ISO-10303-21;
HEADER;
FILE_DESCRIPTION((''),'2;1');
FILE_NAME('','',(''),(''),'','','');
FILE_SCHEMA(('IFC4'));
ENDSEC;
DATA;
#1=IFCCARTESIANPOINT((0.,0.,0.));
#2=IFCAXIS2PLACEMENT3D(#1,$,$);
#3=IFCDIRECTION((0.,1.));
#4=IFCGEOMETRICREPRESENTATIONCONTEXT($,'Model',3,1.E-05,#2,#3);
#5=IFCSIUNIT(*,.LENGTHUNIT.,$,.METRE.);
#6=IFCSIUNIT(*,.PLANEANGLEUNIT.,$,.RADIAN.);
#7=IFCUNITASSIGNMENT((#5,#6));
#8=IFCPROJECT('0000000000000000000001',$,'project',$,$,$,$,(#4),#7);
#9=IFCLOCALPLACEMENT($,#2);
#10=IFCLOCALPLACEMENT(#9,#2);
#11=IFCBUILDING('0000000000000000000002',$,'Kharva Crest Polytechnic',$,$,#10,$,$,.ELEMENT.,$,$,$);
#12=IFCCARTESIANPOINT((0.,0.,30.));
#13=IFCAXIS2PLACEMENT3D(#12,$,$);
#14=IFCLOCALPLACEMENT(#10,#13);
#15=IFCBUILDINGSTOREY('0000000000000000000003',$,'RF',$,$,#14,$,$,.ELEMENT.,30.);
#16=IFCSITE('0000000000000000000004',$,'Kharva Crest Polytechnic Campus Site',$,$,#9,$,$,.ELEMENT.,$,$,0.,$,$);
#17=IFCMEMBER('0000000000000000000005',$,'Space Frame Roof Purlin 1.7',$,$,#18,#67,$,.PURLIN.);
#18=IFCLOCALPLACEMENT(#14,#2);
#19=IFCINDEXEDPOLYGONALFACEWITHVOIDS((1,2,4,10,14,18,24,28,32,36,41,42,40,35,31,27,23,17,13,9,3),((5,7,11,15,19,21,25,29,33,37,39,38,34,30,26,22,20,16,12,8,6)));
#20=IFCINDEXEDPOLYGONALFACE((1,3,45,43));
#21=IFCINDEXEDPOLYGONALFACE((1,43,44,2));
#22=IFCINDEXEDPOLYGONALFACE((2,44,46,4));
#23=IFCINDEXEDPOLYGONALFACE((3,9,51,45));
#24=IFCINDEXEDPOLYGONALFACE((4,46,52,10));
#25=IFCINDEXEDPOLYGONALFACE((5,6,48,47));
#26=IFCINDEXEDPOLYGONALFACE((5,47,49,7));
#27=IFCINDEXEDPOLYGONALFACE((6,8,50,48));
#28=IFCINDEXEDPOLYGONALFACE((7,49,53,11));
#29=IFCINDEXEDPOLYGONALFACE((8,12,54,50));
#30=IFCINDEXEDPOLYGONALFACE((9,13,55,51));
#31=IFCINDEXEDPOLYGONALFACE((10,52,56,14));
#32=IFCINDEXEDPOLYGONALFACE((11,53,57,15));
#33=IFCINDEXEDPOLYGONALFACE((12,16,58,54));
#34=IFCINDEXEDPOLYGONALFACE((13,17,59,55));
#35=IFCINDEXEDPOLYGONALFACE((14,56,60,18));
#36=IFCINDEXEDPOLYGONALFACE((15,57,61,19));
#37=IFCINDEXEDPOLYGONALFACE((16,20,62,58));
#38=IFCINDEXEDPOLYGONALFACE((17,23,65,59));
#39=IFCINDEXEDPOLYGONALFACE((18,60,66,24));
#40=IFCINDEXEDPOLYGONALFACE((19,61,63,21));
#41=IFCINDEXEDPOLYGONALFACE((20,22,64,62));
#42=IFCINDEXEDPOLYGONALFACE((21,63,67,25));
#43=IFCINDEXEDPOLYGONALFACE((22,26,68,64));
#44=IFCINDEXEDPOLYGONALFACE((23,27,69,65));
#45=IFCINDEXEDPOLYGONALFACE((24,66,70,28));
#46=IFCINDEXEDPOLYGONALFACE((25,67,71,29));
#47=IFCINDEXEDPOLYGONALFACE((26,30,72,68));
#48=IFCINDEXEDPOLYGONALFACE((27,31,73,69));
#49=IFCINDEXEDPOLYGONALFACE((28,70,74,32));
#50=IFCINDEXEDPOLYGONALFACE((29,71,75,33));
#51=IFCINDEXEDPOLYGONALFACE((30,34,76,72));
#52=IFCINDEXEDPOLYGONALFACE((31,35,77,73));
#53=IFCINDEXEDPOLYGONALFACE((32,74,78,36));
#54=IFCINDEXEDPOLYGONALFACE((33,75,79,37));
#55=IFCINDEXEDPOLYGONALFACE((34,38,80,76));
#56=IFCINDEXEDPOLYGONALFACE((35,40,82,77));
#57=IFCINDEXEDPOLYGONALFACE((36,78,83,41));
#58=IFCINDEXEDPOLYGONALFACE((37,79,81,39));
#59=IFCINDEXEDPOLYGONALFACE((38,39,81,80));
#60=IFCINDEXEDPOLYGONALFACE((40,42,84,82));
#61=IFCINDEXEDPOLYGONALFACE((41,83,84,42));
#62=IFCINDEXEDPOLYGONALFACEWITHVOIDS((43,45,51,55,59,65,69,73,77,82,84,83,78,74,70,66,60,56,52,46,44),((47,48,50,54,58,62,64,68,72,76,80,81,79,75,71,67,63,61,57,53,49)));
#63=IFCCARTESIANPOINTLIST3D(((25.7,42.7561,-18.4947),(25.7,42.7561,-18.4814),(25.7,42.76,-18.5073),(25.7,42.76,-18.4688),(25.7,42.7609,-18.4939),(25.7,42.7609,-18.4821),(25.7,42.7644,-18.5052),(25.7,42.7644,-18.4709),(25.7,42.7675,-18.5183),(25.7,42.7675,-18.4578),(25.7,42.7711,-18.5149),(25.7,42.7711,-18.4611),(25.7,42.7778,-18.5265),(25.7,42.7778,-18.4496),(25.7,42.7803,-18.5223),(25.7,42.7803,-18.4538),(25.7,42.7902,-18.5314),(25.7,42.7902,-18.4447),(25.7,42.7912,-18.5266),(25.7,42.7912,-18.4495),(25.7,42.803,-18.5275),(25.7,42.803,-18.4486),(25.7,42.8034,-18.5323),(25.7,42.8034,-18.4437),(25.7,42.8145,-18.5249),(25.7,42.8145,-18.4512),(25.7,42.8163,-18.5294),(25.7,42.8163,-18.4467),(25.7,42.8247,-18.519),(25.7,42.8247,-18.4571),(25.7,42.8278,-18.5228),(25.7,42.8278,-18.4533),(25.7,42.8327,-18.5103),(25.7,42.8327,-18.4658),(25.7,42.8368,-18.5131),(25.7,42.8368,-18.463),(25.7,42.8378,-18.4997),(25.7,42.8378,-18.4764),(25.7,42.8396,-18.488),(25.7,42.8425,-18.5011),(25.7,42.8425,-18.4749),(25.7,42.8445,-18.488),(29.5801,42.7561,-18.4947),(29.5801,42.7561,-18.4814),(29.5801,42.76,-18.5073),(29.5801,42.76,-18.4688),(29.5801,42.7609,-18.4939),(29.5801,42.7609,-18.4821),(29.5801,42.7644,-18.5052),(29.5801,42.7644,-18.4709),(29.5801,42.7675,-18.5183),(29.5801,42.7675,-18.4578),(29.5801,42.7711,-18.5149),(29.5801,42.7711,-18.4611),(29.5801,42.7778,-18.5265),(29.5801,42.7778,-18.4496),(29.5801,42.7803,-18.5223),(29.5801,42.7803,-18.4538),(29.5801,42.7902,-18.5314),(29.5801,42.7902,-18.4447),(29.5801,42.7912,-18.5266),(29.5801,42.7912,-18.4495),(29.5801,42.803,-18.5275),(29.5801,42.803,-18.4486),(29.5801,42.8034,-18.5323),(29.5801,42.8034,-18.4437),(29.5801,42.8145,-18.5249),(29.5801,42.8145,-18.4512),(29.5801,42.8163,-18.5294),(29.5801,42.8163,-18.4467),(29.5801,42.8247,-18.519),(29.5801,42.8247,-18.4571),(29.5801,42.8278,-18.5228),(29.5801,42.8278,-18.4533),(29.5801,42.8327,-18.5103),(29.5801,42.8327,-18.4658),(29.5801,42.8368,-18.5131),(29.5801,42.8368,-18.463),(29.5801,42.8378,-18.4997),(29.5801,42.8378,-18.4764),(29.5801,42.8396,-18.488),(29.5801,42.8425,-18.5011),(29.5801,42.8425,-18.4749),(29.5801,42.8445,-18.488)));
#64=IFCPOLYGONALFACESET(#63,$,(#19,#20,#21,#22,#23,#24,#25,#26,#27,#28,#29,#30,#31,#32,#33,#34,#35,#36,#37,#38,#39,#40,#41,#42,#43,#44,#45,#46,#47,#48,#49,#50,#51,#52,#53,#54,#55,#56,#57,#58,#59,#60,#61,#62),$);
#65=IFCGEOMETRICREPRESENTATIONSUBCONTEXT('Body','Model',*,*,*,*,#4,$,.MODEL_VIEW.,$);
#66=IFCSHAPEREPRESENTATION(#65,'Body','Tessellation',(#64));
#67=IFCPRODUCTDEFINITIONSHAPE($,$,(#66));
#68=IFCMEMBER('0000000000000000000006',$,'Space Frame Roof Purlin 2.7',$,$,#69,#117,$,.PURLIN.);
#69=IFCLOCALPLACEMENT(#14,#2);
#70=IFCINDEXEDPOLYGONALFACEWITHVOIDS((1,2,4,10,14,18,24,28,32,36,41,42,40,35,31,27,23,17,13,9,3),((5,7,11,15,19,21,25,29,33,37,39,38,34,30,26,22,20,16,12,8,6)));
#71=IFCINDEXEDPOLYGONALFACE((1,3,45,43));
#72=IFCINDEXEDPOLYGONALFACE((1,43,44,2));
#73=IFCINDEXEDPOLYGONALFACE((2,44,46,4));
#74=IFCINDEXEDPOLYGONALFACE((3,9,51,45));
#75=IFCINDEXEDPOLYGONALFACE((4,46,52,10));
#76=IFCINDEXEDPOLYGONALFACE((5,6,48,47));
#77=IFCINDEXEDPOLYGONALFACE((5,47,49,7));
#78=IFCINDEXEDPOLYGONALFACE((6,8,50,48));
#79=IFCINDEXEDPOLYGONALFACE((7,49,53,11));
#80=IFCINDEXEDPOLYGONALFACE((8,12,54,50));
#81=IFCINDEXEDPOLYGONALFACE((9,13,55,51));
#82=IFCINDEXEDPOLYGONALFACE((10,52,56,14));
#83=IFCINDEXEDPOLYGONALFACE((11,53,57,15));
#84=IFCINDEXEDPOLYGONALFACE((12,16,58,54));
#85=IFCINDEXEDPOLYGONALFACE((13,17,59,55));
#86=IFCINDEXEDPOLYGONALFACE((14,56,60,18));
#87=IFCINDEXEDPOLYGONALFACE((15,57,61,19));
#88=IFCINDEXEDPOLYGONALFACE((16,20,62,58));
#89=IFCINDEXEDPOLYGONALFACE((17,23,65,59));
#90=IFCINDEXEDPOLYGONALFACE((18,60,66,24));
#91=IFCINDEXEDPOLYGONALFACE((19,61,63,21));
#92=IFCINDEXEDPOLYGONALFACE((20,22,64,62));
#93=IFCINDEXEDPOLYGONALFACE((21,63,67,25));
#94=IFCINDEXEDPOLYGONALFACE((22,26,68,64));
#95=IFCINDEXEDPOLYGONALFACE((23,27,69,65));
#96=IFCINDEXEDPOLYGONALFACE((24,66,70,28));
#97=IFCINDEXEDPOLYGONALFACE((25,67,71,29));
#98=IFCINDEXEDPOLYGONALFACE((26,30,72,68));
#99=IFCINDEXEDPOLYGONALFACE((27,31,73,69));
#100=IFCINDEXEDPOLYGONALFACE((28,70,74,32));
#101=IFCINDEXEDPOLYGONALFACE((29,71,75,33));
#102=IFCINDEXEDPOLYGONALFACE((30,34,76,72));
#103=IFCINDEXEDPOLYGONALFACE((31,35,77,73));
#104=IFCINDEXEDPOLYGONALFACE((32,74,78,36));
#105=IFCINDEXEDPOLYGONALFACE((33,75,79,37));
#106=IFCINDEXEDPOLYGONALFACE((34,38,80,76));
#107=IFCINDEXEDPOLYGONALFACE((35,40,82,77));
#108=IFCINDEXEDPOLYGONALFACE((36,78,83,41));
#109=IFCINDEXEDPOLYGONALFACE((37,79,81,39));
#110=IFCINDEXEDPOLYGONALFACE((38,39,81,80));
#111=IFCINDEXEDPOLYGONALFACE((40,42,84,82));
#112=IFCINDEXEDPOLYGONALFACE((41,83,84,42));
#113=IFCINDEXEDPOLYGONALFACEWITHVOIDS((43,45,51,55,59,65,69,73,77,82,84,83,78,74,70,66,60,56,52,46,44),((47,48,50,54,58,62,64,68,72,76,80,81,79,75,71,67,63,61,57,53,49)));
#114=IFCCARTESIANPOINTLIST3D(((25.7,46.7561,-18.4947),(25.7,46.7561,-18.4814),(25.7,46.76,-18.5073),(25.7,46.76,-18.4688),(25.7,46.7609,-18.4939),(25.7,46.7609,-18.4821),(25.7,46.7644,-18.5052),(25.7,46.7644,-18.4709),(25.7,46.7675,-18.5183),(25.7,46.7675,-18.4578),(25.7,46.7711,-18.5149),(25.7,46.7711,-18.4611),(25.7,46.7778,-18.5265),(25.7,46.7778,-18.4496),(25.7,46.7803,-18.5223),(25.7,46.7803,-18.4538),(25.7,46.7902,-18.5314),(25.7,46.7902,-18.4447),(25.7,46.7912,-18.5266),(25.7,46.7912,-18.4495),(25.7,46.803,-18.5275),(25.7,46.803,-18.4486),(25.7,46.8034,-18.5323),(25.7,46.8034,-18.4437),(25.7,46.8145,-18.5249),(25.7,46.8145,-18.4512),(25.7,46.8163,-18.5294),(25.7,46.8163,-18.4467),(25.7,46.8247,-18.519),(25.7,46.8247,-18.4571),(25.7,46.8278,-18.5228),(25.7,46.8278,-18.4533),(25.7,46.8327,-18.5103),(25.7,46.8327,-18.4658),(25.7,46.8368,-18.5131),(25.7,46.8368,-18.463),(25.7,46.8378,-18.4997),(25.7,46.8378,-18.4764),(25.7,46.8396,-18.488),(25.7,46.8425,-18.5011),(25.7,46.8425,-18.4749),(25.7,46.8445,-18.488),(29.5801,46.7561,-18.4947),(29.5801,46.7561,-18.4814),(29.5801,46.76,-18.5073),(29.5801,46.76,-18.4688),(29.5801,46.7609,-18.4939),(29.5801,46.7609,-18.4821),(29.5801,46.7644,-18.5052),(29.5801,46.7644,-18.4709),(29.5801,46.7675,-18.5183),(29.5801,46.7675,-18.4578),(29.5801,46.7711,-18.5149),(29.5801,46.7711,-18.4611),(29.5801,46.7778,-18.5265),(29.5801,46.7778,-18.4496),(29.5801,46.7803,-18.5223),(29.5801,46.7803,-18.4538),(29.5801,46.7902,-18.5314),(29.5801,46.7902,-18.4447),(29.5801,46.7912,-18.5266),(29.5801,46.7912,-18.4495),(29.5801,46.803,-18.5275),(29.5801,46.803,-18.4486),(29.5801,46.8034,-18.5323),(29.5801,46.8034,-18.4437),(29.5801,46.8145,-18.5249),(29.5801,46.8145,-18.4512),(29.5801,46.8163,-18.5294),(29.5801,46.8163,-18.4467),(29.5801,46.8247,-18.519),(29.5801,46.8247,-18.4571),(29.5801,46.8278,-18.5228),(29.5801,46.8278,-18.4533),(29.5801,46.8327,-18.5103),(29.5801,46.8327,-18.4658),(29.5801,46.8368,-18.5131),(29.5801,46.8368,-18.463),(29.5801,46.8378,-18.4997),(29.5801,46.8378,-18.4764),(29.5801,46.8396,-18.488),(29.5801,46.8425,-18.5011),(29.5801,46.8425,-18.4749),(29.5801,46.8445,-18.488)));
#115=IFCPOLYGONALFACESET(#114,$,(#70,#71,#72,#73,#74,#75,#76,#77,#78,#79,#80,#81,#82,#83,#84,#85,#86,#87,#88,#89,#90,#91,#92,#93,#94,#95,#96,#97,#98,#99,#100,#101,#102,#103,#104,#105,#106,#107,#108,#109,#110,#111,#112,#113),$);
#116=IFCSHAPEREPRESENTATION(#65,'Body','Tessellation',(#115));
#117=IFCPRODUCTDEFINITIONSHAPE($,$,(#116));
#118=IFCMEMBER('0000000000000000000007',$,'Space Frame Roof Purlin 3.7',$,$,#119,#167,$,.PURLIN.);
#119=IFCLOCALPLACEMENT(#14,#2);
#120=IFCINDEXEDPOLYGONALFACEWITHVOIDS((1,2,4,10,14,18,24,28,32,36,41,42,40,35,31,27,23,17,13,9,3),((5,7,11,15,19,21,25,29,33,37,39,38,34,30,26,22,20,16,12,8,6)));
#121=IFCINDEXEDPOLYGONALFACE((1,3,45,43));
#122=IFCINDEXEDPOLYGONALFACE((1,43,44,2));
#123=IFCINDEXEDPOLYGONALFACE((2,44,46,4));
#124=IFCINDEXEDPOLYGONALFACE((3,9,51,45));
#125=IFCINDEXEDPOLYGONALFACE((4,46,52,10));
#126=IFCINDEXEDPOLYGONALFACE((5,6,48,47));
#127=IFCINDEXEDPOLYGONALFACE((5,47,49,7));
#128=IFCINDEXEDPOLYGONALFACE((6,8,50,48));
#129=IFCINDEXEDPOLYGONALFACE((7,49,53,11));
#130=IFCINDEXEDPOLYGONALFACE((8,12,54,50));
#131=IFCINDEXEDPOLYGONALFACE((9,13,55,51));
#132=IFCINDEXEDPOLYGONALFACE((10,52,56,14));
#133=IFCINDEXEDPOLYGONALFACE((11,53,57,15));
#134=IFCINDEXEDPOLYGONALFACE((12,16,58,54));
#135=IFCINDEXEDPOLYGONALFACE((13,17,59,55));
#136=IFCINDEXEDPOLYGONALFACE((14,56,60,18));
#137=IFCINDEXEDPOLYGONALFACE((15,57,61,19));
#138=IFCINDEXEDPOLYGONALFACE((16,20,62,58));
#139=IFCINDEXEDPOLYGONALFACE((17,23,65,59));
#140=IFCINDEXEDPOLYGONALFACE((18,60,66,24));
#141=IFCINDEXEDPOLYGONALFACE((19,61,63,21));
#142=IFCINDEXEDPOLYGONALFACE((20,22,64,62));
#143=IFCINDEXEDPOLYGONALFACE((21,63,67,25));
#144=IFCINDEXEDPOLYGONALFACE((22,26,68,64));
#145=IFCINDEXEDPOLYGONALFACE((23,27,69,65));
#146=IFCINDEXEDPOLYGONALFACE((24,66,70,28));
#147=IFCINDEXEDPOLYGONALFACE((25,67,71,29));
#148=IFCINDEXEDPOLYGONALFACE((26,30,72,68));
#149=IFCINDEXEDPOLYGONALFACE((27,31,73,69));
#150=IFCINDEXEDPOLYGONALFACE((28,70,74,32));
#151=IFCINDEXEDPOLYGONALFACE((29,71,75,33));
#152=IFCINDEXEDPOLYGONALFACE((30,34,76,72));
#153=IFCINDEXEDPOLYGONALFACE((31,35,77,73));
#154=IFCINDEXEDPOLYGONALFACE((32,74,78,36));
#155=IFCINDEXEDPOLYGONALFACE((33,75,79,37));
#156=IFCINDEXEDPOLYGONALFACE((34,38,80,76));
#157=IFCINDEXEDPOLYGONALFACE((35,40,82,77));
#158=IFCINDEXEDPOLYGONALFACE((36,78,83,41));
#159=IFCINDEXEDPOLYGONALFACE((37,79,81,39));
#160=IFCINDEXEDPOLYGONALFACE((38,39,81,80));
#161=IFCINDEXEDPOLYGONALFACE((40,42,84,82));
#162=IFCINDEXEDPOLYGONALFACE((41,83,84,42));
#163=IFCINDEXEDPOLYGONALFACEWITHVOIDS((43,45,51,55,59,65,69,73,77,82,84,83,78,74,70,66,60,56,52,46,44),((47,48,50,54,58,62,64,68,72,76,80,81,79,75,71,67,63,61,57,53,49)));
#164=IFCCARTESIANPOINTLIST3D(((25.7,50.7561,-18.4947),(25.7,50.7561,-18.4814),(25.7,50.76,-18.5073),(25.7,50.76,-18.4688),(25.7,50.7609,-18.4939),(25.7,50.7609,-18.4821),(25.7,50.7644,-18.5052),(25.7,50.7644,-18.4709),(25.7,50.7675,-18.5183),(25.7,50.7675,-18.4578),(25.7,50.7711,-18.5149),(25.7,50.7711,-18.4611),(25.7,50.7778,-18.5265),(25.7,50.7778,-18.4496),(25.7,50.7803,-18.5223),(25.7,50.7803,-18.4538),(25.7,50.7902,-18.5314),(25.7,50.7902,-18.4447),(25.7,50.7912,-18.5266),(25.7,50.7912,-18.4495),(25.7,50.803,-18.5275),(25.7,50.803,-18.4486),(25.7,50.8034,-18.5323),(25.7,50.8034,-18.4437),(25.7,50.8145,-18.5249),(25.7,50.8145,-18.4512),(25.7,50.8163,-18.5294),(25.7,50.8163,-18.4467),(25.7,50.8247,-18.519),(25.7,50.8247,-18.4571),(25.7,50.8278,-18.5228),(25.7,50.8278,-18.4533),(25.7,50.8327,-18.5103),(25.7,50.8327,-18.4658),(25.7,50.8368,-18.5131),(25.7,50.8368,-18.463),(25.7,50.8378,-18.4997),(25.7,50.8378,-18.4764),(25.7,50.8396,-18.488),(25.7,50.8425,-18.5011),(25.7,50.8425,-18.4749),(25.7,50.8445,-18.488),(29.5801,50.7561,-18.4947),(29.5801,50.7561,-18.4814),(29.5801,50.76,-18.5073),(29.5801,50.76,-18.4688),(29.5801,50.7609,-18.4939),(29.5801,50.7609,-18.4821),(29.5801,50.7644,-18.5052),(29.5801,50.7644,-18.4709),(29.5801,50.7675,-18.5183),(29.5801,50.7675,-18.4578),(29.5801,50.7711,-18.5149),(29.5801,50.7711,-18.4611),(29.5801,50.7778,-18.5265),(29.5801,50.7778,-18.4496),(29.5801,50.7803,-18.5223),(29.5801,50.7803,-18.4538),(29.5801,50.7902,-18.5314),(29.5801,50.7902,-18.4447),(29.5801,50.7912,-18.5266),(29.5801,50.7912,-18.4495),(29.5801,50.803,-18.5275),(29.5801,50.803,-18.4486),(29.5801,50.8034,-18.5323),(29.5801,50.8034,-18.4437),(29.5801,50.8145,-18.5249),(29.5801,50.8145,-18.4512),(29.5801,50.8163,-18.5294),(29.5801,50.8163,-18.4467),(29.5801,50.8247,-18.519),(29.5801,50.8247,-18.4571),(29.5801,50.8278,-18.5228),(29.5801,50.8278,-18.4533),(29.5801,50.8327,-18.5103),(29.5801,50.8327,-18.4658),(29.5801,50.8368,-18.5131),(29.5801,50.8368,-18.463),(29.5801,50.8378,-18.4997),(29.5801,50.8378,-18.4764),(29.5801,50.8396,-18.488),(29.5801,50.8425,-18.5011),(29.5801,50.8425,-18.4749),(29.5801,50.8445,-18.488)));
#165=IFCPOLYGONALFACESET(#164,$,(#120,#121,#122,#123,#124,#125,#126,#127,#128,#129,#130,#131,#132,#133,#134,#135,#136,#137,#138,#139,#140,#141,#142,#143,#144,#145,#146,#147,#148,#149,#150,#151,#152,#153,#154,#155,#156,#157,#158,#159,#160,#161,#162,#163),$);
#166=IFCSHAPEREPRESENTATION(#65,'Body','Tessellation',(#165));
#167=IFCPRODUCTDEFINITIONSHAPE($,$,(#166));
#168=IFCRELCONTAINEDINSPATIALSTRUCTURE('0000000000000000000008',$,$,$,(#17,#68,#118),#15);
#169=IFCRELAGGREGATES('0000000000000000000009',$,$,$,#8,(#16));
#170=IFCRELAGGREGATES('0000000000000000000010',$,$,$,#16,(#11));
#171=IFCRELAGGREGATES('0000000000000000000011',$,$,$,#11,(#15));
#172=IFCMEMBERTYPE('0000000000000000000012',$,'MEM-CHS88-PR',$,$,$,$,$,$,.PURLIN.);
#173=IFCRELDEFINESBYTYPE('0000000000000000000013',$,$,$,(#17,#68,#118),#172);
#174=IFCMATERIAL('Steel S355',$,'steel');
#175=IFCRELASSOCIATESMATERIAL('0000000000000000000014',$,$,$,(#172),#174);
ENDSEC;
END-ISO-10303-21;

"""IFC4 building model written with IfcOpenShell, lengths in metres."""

from ifc_helpers import new_model, si_unit, direction, frame, origin, origin_2d, place, context, subcontext, project, spatial, hollow_circle, extrude, material, material_profile, profile_set, type_object, element, save


model = new_model("IFC4")

# Units and contexts
model_context = context("Model", 3, precision=1e-05, world=origin(), true_north=direction((0.0, 1.0)))
body_context = subcontext(model_context, "Body", "Model", "MODEL_VIEW")
ifc_project = project(units=[si_unit("LENGTHUNIT", "METRE"), si_unit("PLANEANGLEUNIT", "RADIAN")], contexts=[model_context])

# Site, building, storey
site_placement = place(None, origin())
site = spatial("IfcSite", under=ifc_project, at=site_placement, Name="Kharva Crest Polytechnic Campus Site", CompositionType="ELEMENT", RefElevation=0.0)
building_placement = place(site_placement, origin())
building = spatial("IfcBuilding", under=site, at=building_placement, Name="Kharva Crest Polytechnic", CompositionType="ELEMENT")
storey_placement = place(building_placement, frame((0.0, 0.0, 30.0)))
storey = spatial("IfcBuildingStorey", under=building, at=storey_placement, Name="RF", CompositionType="ELEMENT", Elevation=30.0)

# Members
ifc_material_1 = material(Name="Steel S355", Category="steel")
ifc_material_profile = material_profile(ifc_material_1, hollow_circle(Radius=0.0444, WallThickness=0.0049, at=origin_2d()), Name="CHS 88.9X5.0")
ifc_profile_set = profile_set([ifc_material_profile], Name="Steel S355")
member_type = type_object("IfcMemberType", Name="MEM-CHS88-PR", PredefinedType="PURLIN", material=ifc_profile_set)
for number, where, z_axis, x_axis, name in (
    (1, (25.7, 42.8, -18.488), (1.0, 0.0, 0.0), (0.0, 1.0, 0.0), "Space Frame Roof Purlin 1.7"),
    (2, (25.7, 46.8, -18.488), (1.0, 0.0, 0.0), (0.0, 1.0, 0.0), "Space Frame Roof Purlin 2.7"),
    (3, (25.7, 50.8, -18.488), (1.0, 0.0, 0.0), (0.0, 1.0, 0.0), "Space Frame Roof Purlin 3.7"),
):
    element("IfcMember", number, at=place(storey_placement, frame(where, z_axis=z_axis, x_axis=x_axis)), inside=storey, type_object=member_type, Name=name, PredefinedType="PURLIN", context=body_context, shape_type="SweptSolid", body=[
        extrude(hollow_circle(Radius=0.0444, WallThickness=0.0049, at=origin_2d()), origin(), (0.0, 0.0, 1.0), 3.8801),
    ])

save(model, "model.ifc")
